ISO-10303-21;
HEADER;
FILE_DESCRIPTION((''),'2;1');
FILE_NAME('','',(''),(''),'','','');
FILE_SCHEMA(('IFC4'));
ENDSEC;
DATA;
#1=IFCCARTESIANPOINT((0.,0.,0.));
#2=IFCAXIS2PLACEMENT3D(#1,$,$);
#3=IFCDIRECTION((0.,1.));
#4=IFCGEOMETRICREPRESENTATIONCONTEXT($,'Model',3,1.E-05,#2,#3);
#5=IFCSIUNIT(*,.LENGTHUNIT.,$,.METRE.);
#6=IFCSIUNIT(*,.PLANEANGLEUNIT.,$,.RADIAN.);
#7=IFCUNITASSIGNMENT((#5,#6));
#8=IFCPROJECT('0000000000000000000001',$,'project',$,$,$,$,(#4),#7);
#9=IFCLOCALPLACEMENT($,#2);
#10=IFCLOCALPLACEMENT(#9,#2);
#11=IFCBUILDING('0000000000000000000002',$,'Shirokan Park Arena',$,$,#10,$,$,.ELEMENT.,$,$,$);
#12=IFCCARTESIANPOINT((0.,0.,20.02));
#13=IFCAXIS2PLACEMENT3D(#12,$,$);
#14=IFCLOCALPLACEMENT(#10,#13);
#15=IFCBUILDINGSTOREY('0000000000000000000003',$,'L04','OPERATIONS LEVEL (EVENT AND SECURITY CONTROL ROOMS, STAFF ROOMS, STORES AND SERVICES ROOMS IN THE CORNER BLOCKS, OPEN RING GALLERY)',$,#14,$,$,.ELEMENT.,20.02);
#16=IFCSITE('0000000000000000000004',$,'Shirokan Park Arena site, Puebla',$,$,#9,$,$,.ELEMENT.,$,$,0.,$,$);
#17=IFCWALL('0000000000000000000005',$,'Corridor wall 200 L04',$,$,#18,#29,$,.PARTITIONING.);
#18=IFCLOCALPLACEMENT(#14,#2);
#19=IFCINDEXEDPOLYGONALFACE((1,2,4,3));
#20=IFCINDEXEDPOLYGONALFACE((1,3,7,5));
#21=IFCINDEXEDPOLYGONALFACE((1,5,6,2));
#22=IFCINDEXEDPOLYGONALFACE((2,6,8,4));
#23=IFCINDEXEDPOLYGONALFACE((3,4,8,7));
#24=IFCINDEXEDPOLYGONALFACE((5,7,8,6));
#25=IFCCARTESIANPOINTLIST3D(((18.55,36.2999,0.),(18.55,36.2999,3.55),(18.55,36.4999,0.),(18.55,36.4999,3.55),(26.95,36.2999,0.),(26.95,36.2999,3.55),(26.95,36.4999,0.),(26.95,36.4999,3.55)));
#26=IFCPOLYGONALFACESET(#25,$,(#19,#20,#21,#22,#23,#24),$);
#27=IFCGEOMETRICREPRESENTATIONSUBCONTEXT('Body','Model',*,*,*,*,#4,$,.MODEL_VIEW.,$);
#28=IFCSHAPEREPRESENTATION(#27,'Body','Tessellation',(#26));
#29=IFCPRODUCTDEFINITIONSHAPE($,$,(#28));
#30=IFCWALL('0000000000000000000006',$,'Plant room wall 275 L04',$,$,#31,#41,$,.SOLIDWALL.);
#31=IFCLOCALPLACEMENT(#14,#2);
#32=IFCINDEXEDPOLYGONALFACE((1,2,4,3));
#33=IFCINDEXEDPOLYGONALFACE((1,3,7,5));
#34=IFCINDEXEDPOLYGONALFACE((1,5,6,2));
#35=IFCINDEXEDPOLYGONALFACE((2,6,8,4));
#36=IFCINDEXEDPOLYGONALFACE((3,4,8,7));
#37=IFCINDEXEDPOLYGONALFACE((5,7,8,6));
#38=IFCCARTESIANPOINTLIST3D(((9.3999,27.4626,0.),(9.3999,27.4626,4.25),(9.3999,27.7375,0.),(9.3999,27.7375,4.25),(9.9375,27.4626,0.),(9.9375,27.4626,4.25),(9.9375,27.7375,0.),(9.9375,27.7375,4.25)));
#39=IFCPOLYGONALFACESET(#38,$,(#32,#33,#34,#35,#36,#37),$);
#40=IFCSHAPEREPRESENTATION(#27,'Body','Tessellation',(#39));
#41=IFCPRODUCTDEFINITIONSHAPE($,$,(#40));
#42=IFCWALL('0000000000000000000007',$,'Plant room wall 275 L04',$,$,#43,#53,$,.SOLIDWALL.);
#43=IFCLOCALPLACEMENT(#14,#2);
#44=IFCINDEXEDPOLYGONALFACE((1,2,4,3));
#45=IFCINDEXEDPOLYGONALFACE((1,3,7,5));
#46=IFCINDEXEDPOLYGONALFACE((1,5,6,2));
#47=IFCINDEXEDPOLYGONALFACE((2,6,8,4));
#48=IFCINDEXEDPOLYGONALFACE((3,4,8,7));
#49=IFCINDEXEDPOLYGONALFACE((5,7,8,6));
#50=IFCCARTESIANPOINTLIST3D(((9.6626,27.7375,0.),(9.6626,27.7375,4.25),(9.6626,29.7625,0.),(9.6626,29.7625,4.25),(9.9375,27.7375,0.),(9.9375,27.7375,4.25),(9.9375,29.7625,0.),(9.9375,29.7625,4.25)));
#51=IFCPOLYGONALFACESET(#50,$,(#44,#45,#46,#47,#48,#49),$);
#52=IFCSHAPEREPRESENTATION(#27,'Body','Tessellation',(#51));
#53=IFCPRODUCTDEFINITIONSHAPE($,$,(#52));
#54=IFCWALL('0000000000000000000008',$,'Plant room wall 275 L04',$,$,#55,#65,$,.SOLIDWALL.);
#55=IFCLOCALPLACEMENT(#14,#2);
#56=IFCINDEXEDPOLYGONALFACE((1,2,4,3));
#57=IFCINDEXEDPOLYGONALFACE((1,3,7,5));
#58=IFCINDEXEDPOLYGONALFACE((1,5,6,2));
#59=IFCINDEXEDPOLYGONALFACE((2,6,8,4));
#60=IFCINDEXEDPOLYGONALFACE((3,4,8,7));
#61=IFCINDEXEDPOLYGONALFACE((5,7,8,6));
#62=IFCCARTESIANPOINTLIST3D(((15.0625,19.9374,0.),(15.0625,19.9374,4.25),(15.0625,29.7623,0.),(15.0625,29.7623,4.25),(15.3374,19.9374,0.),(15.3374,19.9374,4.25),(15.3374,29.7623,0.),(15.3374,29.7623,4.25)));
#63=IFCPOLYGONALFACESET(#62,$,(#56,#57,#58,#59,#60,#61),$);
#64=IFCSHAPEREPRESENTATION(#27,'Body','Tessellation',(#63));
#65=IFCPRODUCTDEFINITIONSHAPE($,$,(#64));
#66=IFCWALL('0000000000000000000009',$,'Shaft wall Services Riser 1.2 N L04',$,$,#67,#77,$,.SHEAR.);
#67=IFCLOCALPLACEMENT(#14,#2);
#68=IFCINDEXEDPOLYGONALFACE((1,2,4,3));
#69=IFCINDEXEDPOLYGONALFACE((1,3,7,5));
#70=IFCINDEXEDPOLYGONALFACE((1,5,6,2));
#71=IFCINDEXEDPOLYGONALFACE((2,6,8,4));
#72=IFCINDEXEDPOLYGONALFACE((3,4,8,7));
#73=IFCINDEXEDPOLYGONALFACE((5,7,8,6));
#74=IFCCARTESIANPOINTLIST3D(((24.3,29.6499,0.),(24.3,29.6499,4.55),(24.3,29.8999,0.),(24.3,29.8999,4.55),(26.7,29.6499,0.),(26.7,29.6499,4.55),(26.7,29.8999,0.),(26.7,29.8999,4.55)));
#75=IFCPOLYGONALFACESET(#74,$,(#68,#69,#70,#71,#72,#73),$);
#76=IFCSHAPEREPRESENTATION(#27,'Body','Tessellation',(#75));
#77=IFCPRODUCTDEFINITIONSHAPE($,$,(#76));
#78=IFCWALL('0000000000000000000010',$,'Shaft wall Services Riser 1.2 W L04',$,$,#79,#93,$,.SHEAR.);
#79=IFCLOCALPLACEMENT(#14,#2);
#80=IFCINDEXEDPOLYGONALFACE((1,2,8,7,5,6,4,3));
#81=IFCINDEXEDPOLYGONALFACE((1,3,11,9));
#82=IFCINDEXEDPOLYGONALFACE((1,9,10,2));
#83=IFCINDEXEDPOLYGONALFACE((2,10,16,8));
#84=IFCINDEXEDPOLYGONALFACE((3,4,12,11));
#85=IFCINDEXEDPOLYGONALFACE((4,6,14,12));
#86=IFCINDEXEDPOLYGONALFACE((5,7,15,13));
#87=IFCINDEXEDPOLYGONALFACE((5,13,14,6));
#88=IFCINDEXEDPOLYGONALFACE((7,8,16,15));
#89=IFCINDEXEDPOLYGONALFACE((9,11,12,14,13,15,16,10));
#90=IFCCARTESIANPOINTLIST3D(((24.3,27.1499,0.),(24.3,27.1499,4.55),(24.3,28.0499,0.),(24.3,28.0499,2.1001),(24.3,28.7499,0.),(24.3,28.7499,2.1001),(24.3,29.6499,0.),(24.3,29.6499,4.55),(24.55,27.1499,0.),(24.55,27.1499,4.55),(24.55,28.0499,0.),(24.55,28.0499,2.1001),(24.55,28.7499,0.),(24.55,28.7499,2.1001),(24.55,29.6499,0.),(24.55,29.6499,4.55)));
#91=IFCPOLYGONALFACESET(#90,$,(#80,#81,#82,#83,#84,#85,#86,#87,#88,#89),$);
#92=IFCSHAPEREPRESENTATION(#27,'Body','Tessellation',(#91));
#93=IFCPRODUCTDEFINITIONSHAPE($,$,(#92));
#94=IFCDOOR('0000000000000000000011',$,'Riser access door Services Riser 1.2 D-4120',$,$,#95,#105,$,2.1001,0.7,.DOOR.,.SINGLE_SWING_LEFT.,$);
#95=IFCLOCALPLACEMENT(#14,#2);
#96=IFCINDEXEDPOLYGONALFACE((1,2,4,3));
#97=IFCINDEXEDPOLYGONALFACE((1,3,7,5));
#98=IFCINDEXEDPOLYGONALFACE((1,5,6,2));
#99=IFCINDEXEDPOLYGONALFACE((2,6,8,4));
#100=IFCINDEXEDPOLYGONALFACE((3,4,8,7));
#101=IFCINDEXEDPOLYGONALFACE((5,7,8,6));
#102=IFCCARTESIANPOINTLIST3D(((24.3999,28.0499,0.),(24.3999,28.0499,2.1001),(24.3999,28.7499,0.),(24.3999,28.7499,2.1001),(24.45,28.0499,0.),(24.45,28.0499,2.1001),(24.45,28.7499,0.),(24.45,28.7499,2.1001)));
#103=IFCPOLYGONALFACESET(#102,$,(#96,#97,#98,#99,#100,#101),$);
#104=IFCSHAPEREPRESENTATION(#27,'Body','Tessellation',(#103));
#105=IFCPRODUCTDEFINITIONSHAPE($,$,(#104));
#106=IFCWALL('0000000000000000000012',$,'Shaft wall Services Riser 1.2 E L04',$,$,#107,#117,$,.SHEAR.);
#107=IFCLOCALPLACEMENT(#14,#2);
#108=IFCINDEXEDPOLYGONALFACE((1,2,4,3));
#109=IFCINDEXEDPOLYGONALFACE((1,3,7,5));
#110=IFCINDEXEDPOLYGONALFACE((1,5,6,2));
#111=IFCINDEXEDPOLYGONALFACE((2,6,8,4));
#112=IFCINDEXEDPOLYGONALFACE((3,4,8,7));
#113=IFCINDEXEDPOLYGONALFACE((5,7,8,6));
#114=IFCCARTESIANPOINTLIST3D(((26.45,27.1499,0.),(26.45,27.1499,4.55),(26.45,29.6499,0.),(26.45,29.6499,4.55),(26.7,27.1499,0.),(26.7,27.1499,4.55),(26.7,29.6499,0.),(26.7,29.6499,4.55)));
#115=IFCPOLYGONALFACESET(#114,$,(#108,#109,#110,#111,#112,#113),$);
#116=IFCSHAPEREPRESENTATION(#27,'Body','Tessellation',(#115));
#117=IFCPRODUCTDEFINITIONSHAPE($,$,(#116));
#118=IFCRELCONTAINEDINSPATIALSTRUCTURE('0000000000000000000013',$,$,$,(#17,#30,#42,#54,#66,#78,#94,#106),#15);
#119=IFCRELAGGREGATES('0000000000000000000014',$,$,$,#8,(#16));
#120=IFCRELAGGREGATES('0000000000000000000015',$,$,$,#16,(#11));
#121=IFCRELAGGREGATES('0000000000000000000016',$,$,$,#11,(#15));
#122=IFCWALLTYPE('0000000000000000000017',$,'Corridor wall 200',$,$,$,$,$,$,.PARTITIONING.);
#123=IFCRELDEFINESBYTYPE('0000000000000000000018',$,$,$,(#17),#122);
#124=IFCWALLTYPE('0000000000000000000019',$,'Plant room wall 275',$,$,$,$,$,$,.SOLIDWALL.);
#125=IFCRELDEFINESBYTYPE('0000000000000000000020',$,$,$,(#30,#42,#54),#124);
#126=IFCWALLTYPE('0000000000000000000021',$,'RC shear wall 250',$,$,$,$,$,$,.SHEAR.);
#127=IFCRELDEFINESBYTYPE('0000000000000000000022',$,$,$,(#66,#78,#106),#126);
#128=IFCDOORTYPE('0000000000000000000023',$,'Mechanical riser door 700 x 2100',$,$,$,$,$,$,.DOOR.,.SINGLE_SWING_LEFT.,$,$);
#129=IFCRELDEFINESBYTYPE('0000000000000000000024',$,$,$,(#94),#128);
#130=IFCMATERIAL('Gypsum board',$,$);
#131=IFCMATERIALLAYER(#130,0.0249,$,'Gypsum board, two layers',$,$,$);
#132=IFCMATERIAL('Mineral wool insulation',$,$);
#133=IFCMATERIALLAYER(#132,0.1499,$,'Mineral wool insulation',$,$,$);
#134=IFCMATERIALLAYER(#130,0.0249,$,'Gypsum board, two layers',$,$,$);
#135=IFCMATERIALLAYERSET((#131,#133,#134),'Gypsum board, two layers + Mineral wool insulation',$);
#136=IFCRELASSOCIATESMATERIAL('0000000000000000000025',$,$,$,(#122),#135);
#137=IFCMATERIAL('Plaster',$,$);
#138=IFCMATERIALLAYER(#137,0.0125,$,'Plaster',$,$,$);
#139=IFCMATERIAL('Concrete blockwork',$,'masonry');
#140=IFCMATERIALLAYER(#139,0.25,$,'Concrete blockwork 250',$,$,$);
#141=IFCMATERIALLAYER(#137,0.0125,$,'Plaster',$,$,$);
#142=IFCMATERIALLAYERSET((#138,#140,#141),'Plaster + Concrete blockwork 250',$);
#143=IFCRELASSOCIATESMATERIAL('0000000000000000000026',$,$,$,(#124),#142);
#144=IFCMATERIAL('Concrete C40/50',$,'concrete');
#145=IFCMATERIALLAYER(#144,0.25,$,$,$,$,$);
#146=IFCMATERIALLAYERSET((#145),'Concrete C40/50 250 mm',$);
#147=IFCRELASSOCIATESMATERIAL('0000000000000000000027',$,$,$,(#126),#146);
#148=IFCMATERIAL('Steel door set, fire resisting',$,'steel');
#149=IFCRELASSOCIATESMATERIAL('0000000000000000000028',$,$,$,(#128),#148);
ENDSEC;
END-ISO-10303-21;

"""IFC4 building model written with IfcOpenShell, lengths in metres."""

from ifc_helpers import new_model, si_unit, direction, frame, frame_2d, origin, place, context, subcontext, project, spatial, rectangle, extrude, material, layer, layer_set, type_object, element, fill, save


model = new_model("IFC4")

# Units and contexts
model_context = context("Model", 3, precision=1e-05, world=origin(), true_north=direction((0.0, 1.0)))
body_context = subcontext(model_context, "Body", "Model", "MODEL_VIEW")
ifc_project = project(units=[si_unit("LENGTHUNIT", "METRE"), si_unit("PLANEANGLEUNIT", "RADIAN")], contexts=[model_context])

# Site, building, storey
site_placement = place(None, origin())
site = spatial("IfcSite", under=ifc_project, at=site_placement, Name="Shirokan Park Arena site, Puebla", CompositionType="ELEMENT", RefElevation=0.0)
building_placement = place(site_placement, origin())
building = spatial("IfcBuilding", under=site, at=building_placement, Name="Shirokan Park Arena", CompositionType="ELEMENT")
storey_placement = place(building_placement, frame((0.0, 0.0, 20.02)))
storey = spatial("IfcBuildingStorey", under=building, at=storey_placement, Name="L04", Description="OPERATIONS LEVEL (EVENT AND SECURITY CONTROL ROOMS, STAFF ROOMS, STORES AND SERVICES ROOMS IN THE CORNER BLOCKS, OPEN RING GALLERY)", CompositionType="ELEMENT", Elevation=20.02)

# Shared definitions
ifc_material_1 = material(Name="Plaster")
ifc_material_2 = material(Name="Concrete blockwork", Category="masonry")

# Shared definitions
ifc_material_3 = material(Name="Gypsum board")
ifc_layer_1 = layer(ifc_material_3, 0.0249, Name="Gypsum board, two layers")
ifc_material_4 = material(Name="Mineral wool insulation")
ifc_layer_2 = layer(ifc_material_4, 0.1499, Name="Mineral wool insulation")
ifc_layer_3 = layer(ifc_material_3, 0.0249, Name="Gypsum board, two layers")
ifc_layer_set_1 = layer_set([ifc_layer_1, ifc_layer_2, ifc_layer_3], Name="Gypsum board, two layers + Mineral wool insulation")
wall_type_1 = type_object("IfcWallType", Name="Corridor wall 200", PredefinedType="PARTITIONING", material=ifc_layer_set_1)

# Walls
wall_1_placement = place(storey_placement, frame((26.95, 36.3999, 0.0), z_axis=(0.0, 0.0, 1.0), x_axis=(-1.0, 0.0, 0.0)))
element("IfcWall", 1, at=wall_1_placement, inside=storey, type_object=wall_type_1, Name="Corridor wall 200 L04", PredefinedType="PARTITIONING", context=body_context, shape_type="SweptSolid", body=[
    extrude(rectangle(XDim=8.3999, YDim=0.2, at=frame_2d((4.2, 0.0))), origin(), (0.0, 0.0, 1.0), 3.55),
])
ifc_layer_4 = layer(ifc_material_1, 0.0125, Name="Plaster")
ifc_layer_5 = layer(ifc_material_2, 0.25, Name="Concrete blockwork 250")
ifc_layer_6 = layer(ifc_material_1, 0.0125, Name="Plaster")
ifc_layer_set_2 = layer_set([ifc_layer_4, ifc_layer_5, ifc_layer_6], Name="Plaster + Concrete blockwork 250")
wall_type_2 = type_object("IfcWallType", Name="Plant room wall 275", PredefinedType="SOLIDWALL", material=ifc_layer_set_2)
wall_2_placement = place(storey_placement, frame((9.3999, 27.6001, 0.0), z_axis=(0.0, 0.0, 1.0), x_axis=(1.0, 0.0, 0.0)))
element("IfcWall", 2, at=wall_2_placement, inside=storey, type_object=wall_type_2, Name="Plant room wall 275 L04", PredefinedType="SOLIDWALL", context=body_context, shape_type="SweptSolid", body=[
    extrude(rectangle(XDim=0.5376, YDim=0.2749, at=frame_2d((0.2688, 0.0))), origin(), (0.0, 0.0, 1.0), 4.25),
])
wall_3_placement = place(storey_placement, frame((9.8, 27.7375, 0.0), z_axis=(0.0, 0.0, 1.0), x_axis=(0.0, 1.0, 0.0)))
element("IfcWall", 3, at=wall_3_placement, inside=storey, type_object=wall_type_2, Name="Plant room wall 275 L04", PredefinedType="SOLIDWALL", context=body_context, shape_type="SweptSolid", body=[
    extrude(rectangle(XDim=2.0249, YDim=0.2749, at=frame_2d((1.0125, 0.0))), origin(), (0.0, 0.0, 1.0), 4.25),
])
wall_4_placement = place(storey_placement, frame((15.2, 29.7625, 0.0), z_axis=(0.0, 0.0, 1.0), x_axis=(0.0, -1.0, 0.0)))
element("IfcWall", 4, at=wall_4_placement, inside=storey, type_object=wall_type_2, Name="Plant room wall 275 L04", PredefinedType="SOLIDWALL", context=body_context, shape_type="SweptSolid", body=[
    extrude(rectangle(XDim=9.825, YDim=0.2749, at=frame_2d((4.9126, 0.0))), origin(), (0.0, 0.0, 1.0), 4.25),
])
ifc_material_5 = material(Name="Concrete C40/50", Category="concrete")
ifc_layer_7 = layer(ifc_material_5, 0.25)
ifc_layer_set_3 = layer_set([ifc_layer_7], Name="Concrete C40/50 250 mm")
wall_type_3 = type_object("IfcWallType", Name="RC shear wall 250", PredefinedType="SHEAR", material=ifc_layer_set_3)
wall_5_placement = place(storey_placement, frame((26.7, 29.7749, 0.0), z_axis=(0.0, 0.0, 1.0), x_axis=(-1.0, 0.0, 0.0)))
element("IfcWall", 5, at=wall_5_placement, inside=storey, type_object=wall_type_3, Name="Shaft wall Services Riser 1.2 N L04", PredefinedType="SHEAR", context=body_context, shape_type="SweptSolid", body=[
    extrude(rectangle(XDim=2.3999, YDim=0.25, at=frame_2d((1.2, 0.0))), origin(), (0.0, 0.0, 1.0), 4.55),
])

# Wall, opening, door
wall_6_placement = place(storey_placement, frame((24.425, 29.6499, 0.0), z_axis=(0.0, 0.0, 1.0), x_axis=(0.0, -1.0, 0.0)))
wall_6 = element("IfcWall", 6, at=wall_6_placement, inside=storey, type_object=wall_type_3, Name="Shaft wall Services Riser 1.2 W L04", PredefinedType="SHEAR", context=body_context, shape_type="SweptSolid", body=[
    extrude(rectangle(XDim=2.5, YDim=0.25, at=frame_2d((1.25, 0.0))), origin(), (0.0, 0.0, 1.0), 4.55),
])
opening_1_placement = place(wall_6_placement, frame((0.8999, 0.0, 0.0)))
opening_1 = element("IfcOpeningElement", 7, at=opening_1_placement, cuts=wall_6, PredefinedType="OPENING", context=body_context, shape_type="SweptSolid", body=[
    extrude(rectangle(XDim=0.7, YDim=2.1001, at=frame_2d((0.3501, 1.05))), frame((0.0, 0.135, 0.0), z_axis=(0.0, -1.0, 0.0), x_axis=(1.0, 0.0, 0.0)), (0.0, 0.0, 1.0), 0.27),
])
ifc_material_6 = material(Name="Steel door set, fire resisting", Category="steel")
door_type_1 = type_object("IfcDoorType", Name="Mechanical riser door 700 x 2100", OperationType="SINGLE_SWING_LEFT", PredefinedType="DOOR", material=ifc_material_6)
door_1_placement = place(opening_1_placement, origin())
door_1 = element("IfcDoor", 8, at=door_1_placement, inside=storey, type_object=door_type_1, Name="Riser access door Services Riser 1.2 D-4120", OperationType="SINGLE_SWING_LEFT", OverallHeight=2.1001, OverallWidth=0.7, PredefinedType="DOOR", context=body_context, shape_type="SweptSolid", body=[
    extrude(rectangle(XDim=0.7, YDim=2.1001, at=frame_2d((0.3501, 1.05))), frame((0.0, 0.0249, 0.0), z_axis=(0.0, -1.0, 0.0), x_axis=(1.0, 0.0, 0.0)), (0.0, 0.0, 1.0), 0.05),
])
fill(opening_1, door_1)

# Wall
wall_7_placement = place(storey_placement, frame((26.575, 29.6499, 0.0), z_axis=(0.0, 0.0, 1.0), x_axis=(0.0, -1.0, 0.0)))
element("IfcWall", 9, at=wall_7_placement, inside=storey, type_object=wall_type_3, Name="Shaft wall Services Riser 1.2 E L04", PredefinedType="SHEAR", context=body_context, shape_type="SweptSolid", body=[
    extrude(rectangle(XDim=2.5, YDim=0.25, at=frame_2d((1.25, 0.0))), origin(), (0.0, 0.0, 1.0), 4.55),
])

save(model, "model.ifc")
